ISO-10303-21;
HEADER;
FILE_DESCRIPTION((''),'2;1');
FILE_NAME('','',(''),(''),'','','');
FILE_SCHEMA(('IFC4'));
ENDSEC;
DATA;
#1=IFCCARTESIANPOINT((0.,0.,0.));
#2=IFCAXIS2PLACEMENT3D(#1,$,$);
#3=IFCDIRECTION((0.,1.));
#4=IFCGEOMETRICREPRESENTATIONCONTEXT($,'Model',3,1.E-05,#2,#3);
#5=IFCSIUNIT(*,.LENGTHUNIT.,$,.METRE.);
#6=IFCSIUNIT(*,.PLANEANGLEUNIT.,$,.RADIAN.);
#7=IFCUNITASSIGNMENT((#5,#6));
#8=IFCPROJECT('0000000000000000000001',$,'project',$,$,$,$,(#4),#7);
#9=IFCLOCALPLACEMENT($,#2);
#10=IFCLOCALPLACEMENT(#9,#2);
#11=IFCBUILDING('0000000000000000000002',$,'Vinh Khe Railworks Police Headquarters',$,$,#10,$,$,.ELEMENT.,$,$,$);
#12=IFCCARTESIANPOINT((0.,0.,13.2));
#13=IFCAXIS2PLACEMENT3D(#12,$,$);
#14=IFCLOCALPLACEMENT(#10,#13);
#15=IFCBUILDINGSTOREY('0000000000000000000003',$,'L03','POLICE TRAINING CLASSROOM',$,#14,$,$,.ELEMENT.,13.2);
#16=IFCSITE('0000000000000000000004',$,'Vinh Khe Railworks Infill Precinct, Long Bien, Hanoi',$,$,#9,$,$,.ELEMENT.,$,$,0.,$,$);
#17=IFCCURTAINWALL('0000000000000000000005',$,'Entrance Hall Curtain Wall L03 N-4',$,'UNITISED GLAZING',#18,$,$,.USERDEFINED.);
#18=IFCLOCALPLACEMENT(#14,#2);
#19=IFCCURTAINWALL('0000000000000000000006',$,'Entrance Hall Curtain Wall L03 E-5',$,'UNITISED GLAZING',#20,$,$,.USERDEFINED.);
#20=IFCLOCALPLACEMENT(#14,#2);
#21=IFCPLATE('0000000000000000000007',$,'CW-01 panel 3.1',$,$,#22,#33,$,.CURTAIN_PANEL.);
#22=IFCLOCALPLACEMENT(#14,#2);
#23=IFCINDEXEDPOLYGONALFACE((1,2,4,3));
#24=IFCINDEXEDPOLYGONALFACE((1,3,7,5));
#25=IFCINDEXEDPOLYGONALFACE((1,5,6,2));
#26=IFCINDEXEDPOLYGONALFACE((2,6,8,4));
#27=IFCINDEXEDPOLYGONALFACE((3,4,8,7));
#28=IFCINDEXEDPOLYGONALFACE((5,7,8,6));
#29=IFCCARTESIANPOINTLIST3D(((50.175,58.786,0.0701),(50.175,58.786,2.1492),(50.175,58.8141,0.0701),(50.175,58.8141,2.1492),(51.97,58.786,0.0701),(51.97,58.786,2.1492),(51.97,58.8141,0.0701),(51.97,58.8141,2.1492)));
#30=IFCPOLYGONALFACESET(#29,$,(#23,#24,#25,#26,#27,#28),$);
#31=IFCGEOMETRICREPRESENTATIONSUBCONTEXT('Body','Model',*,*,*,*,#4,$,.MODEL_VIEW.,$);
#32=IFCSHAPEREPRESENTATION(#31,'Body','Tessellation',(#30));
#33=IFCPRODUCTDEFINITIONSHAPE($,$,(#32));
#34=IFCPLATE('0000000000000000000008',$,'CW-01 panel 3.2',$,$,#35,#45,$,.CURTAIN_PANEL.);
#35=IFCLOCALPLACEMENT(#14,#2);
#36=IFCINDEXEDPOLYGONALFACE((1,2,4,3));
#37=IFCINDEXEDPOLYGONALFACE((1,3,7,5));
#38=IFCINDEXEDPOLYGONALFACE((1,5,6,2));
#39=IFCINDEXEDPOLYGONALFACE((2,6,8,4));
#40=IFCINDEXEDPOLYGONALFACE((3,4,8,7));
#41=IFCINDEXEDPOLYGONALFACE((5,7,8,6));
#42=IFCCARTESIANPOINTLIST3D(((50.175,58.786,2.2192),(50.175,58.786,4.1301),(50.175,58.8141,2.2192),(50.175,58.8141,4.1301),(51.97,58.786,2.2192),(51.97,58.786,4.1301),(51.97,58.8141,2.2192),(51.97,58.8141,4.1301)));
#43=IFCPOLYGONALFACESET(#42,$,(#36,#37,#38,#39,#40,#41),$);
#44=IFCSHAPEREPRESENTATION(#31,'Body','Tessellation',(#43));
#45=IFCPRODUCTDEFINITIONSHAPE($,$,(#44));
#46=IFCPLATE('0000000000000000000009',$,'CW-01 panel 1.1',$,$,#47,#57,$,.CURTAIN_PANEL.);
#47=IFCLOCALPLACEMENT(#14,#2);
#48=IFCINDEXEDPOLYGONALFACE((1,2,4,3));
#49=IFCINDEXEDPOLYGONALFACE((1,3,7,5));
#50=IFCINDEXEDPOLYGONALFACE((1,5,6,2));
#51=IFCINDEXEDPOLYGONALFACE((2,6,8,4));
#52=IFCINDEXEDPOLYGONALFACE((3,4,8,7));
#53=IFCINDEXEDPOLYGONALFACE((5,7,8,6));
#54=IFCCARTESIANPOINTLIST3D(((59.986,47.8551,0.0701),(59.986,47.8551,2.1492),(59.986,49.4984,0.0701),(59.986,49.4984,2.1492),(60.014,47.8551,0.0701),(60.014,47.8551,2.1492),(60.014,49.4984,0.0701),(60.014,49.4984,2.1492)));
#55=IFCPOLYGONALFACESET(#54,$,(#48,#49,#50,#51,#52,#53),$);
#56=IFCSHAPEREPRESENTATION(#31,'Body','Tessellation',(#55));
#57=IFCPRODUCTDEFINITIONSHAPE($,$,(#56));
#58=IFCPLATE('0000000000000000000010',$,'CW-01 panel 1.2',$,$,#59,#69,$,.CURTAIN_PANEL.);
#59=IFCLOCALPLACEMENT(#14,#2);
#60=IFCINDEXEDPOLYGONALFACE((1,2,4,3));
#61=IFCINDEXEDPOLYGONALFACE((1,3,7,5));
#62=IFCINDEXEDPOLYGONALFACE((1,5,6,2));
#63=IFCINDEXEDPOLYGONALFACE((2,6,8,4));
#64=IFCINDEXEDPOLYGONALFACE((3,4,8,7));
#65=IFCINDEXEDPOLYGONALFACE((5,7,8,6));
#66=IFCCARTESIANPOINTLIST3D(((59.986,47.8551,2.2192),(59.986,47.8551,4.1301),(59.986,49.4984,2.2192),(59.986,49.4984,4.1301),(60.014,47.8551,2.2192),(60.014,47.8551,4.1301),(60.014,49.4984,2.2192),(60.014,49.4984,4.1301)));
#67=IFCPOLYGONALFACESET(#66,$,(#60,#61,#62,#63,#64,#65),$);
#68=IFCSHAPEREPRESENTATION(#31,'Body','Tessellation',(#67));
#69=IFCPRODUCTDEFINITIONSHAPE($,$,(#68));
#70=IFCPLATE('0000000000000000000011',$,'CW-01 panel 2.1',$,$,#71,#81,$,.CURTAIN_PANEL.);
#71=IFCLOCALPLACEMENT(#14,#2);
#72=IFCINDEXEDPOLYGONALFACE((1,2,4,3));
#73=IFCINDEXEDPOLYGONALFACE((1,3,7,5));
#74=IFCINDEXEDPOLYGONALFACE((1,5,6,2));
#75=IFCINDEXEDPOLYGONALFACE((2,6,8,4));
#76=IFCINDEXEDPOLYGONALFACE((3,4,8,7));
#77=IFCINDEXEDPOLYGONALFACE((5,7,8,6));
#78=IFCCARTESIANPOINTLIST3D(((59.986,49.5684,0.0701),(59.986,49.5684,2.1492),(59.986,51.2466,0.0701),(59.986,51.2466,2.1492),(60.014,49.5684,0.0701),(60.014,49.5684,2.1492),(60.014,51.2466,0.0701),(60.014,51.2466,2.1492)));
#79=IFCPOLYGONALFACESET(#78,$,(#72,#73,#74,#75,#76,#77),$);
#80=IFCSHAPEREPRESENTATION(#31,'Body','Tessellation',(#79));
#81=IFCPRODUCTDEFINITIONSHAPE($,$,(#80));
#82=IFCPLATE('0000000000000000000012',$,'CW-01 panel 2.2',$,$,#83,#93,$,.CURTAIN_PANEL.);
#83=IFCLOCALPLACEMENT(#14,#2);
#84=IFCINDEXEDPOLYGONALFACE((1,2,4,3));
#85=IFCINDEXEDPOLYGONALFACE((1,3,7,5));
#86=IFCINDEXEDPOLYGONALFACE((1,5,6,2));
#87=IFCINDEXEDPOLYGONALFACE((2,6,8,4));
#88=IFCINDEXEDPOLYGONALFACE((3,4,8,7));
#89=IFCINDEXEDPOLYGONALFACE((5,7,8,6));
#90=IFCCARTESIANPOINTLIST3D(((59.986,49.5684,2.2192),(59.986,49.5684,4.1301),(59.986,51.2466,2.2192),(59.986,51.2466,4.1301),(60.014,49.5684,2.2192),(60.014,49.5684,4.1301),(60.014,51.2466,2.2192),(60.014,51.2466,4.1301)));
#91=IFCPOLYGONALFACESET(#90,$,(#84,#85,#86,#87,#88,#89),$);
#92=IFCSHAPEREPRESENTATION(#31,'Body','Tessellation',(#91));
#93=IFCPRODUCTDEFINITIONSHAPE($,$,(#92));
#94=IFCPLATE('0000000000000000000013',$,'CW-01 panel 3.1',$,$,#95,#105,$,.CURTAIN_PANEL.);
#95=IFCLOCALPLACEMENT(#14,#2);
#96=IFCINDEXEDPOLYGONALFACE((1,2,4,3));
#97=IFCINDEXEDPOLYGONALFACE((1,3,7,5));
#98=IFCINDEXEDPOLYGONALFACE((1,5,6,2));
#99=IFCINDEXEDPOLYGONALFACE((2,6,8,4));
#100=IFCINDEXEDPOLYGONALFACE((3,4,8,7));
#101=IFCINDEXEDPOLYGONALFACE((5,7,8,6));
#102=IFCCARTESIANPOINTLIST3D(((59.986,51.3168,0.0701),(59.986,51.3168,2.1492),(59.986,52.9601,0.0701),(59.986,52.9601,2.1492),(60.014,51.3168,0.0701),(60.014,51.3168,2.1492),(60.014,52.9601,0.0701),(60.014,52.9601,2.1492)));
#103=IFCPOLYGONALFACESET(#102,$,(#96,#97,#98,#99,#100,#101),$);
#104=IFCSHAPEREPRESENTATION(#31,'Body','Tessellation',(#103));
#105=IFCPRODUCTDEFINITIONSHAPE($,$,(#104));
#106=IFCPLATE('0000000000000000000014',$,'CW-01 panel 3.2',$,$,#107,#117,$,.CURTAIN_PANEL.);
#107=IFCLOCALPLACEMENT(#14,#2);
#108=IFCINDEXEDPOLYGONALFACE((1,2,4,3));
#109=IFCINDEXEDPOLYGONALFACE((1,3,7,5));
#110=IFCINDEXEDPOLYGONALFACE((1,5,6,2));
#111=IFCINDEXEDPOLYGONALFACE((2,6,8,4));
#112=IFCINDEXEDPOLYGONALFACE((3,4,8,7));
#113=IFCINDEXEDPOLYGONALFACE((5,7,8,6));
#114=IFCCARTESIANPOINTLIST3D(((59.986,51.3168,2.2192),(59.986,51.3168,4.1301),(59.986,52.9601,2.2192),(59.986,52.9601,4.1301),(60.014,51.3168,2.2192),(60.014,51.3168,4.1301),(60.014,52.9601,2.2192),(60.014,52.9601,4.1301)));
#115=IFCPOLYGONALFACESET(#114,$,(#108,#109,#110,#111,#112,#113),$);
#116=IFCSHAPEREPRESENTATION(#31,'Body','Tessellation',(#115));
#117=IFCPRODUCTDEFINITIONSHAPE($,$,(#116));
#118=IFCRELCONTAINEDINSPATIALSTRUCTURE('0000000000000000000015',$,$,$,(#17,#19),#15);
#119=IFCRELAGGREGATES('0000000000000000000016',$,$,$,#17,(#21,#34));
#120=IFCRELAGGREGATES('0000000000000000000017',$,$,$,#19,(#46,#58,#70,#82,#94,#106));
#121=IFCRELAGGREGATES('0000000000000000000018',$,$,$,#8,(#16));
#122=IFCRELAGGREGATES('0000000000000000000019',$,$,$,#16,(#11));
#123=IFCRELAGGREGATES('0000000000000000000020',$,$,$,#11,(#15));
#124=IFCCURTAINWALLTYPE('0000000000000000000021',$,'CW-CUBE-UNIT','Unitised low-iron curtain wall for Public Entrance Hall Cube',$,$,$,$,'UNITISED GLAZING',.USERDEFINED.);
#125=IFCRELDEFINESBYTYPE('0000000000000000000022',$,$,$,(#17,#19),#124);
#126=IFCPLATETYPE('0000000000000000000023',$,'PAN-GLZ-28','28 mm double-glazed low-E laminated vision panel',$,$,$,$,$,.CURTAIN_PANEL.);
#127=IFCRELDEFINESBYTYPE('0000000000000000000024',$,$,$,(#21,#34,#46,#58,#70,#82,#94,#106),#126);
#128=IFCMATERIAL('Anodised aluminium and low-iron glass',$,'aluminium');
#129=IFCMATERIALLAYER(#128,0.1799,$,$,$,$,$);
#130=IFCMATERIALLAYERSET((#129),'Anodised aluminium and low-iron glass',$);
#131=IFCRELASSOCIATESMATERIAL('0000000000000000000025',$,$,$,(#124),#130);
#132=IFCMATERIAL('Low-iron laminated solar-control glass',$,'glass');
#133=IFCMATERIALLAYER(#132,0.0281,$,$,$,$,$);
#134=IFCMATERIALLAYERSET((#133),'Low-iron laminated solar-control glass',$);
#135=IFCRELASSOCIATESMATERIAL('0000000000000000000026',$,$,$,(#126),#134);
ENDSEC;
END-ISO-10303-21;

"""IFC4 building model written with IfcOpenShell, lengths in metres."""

from ifc_helpers import new_model, si_unit, direction, frame, origin, origin_2d, place, context, subcontext, project, spatial, rectangle, extrude, material, layer, layer_set, type_object, element, aggregate, save


model = new_model("IFC4")

# Units and contexts
model_context = context("Model", 3, precision=1e-05, world=origin(), true_north=direction((0.0, 1.0)))
body_context = subcontext(model_context, "Body", "Model", "MODEL_VIEW")
ifc_project = project(units=[si_unit("LENGTHUNIT", "METRE"), si_unit("PLANEANGLEUNIT", "RADIAN")], contexts=[model_context])

# Site, building, storey
site_placement = place(None, origin())
site = spatial("IfcSite", under=ifc_project, at=site_placement, Name="Vinh Khe Railworks Infill Precinct, Long Bien, Hanoi", CompositionType="ELEMENT", RefElevation=0.0)
building_placement = place(site_placement, origin())
building = spatial("IfcBuilding", under=site, at=building_placement, Name="Vinh Khe Railworks Police Headquarters", CompositionType="ELEMENT")
storey_placement = place(building_placement, frame((0.0, 0.0, 13.2)))
storey = spatial("IfcBuildingStorey", under=building, at=storey_placement, Name="L03", Description="POLICE TRAINING CLASSROOM", CompositionType="ELEMENT", Elevation=13.2)

# Curtain wall
ifc_material_1 = material(Name="Anodised aluminium and low-iron glass", Category="aluminium")
ifc_layer_1 = layer(ifc_material_1, 0.1799)
ifc_layer_set_1 = layer_set([ifc_layer_1], Name="Anodised aluminium and low-iron glass")
curtain_wall_type = type_object("IfcCurtainWallType", Name="CW-CUBE-UNIT", Description="Unitised low-iron curtain wall for Public Entrance Hall Cube", ElementType="UNITISED GLAZING", PredefinedType="USERDEFINED", material=ifc_layer_set_1)
curtain_wall_1_placement = place(storey_placement, origin())
curtain_wall_1 = element("IfcCurtainWall", 1, at=curtain_wall_1_placement, inside=storey, type_object=curtain_wall_type, Name="Entrance Hall Curtain Wall L03 N-4", ObjectType="UNITISED GLAZING", PredefinedType="USERDEFINED")

# Curtain wall
curtain_wall_2_placement = place(storey_placement, origin())
curtain_wall_2 = element("IfcCurtainWall", 2, at=curtain_wall_2_placement, inside=storey, type_object=curtain_wall_type, Name="Entrance Hall Curtain Wall L03 E-5", ObjectType="UNITISED GLAZING", PredefinedType="USERDEFINED")

# Plates
ifc_material_2 = material(Name="Low-iron laminated solar-control glass", Category="glass")
ifc_layer_2 = layer(ifc_material_2, 0.0281)
ifc_layer_set_2 = layer_set([ifc_layer_2], Name="Low-iron laminated solar-control glass")
plate_type = type_object("IfcPlateType", Name="PAN-GLZ-28", Description="28 mm double-glazed low-E laminated vision panel", PredefinedType="CURTAIN_PANEL", material=ifc_layer_set_2)
plate_1_placement = place(storey_placement, frame((51.0725, 58.8, 0.0701), z_axis=(0.0, 0.0, 1.0), x_axis=(1.0, 0.0, 0.0)))
plate_1 = element("IfcPlate", 3, at=plate_1_placement, type_object=plate_type, Name="CW-01 panel 3.1", PredefinedType="CURTAIN_PANEL", context=body_context, shape_type="SweptSolid", body=[
    extrude(rectangle(XDim=1.7949, YDim=0.0281, at=origin_2d()), origin(), (0.0, 0.0, 1.0), 2.0791),
])
plate_2_placement = place(storey_placement, frame((51.0725, 58.8, 2.2192), z_axis=(0.0, 0.0, 1.0), x_axis=(1.0, 0.0, 0.0)))
plate_2 = element("IfcPlate", 4, at=plate_2_placement, type_object=plate_type, Name="CW-01 panel 3.2", PredefinedType="CURTAIN_PANEL", context=body_context, shape_type="SweptSolid", body=[
    extrude(rectangle(XDim=1.7949, YDim=0.0281, at=origin_2d()), origin(), (0.0, 0.0, 1.0), 1.9109),
])
aggregate(curtain_wall_1, [plate_1, plate_2])
plate_3_placement = place(storey_placement, frame((60.0, 48.6768, 0.0701), z_axis=(0.0, 0.0, 1.0), x_axis=(0.0, 1.0, 0.0)))
plate_3 = element("IfcPlate", 5, at=plate_3_placement, type_object=plate_type, Name="CW-01 panel 1.1", PredefinedType="CURTAIN_PANEL", context=body_context, shape_type="SweptSolid", body=[
    extrude(rectangle(XDim=1.6433, YDim=0.0281, at=origin_2d()), origin(), (0.0, 0.0, 1.0), 2.0791),
])
plate_4_placement = place(storey_placement, frame((60.0, 48.6768, 2.2192), z_axis=(0.0, 0.0, 1.0), x_axis=(0.0, 1.0, 0.0)))
plate_4 = element("IfcPlate", 6, at=plate_4_placement, type_object=plate_type, Name="CW-01 panel 1.2", PredefinedType="CURTAIN_PANEL", context=body_context, shape_type="SweptSolid", body=[
    extrude(rectangle(XDim=1.6433, YDim=0.0281, at=origin_2d()), origin(), (0.0, 0.0, 1.0), 1.9109),
])
plate_5_placement = place(storey_placement, frame((60.0, 50.4075, 0.0701), z_axis=(0.0, 0.0, 1.0), x_axis=(0.0, 1.0, 0.0)))
plate_5 = element("IfcPlate", 7, at=plate_5_placement, type_object=plate_type, Name="CW-01 panel 2.1", PredefinedType="CURTAIN_PANEL", context=body_context, shape_type="SweptSolid", body=[
    extrude(rectangle(XDim=1.6782, YDim=0.0281, at=origin_2d()), origin(), (0.0, 0.0, 1.0), 2.0791),
])
plate_6_placement = place(storey_placement, frame((60.0, 50.4075, 2.2192), z_axis=(0.0, 0.0, 1.0), x_axis=(0.0, 1.0, 0.0)))
plate_6 = element("IfcPlate", 8, at=plate_6_placement, type_object=plate_type, Name="CW-01 panel 2.2", PredefinedType="CURTAIN_PANEL", context=body_context, shape_type="SweptSolid", body=[
    extrude(rectangle(XDim=1.6782, YDim=0.0281, at=origin_2d()), origin(), (0.0, 0.0, 1.0), 1.9109),
])
plate_7_placement = place(storey_placement, frame((60.0, 52.1384, 0.0701), z_axis=(0.0, 0.0, 1.0), x_axis=(0.0, 1.0, 0.0)))
plate_7 = element("IfcPlate", 9, at=plate_7_placement, type_object=plate_type, Name="CW-01 panel 3.1", PredefinedType="CURTAIN_PANEL", context=body_context, shape_type="SweptSolid", body=[
    extrude(rectangle(XDim=1.6433, YDim=0.0281, at=origin_2d()), origin(), (0.0, 0.0, 1.0), 2.0791),
])
plate_8_placement = place(storey_placement, frame((60.0, 52.1384, 2.2192), z_axis=(0.0, 0.0, 1.0), x_axis=(0.0, 1.0, 0.0)))
plate_8 = element("IfcPlate", 10, at=plate_8_placement, type_object=plate_type, Name="CW-01 panel 3.2", PredefinedType="CURTAIN_PANEL", context=body_context, shape_type="SweptSolid", body=[
    extrude(rectangle(XDim=1.6433, YDim=0.0281, at=origin_2d()), origin(), (0.0, 0.0, 1.0), 1.9109),
])
aggregate(curtain_wall_2, [plate_3, plate_4, plate_5, plate_6, plate_7, plate_8])

save(model, "model.ifc")
